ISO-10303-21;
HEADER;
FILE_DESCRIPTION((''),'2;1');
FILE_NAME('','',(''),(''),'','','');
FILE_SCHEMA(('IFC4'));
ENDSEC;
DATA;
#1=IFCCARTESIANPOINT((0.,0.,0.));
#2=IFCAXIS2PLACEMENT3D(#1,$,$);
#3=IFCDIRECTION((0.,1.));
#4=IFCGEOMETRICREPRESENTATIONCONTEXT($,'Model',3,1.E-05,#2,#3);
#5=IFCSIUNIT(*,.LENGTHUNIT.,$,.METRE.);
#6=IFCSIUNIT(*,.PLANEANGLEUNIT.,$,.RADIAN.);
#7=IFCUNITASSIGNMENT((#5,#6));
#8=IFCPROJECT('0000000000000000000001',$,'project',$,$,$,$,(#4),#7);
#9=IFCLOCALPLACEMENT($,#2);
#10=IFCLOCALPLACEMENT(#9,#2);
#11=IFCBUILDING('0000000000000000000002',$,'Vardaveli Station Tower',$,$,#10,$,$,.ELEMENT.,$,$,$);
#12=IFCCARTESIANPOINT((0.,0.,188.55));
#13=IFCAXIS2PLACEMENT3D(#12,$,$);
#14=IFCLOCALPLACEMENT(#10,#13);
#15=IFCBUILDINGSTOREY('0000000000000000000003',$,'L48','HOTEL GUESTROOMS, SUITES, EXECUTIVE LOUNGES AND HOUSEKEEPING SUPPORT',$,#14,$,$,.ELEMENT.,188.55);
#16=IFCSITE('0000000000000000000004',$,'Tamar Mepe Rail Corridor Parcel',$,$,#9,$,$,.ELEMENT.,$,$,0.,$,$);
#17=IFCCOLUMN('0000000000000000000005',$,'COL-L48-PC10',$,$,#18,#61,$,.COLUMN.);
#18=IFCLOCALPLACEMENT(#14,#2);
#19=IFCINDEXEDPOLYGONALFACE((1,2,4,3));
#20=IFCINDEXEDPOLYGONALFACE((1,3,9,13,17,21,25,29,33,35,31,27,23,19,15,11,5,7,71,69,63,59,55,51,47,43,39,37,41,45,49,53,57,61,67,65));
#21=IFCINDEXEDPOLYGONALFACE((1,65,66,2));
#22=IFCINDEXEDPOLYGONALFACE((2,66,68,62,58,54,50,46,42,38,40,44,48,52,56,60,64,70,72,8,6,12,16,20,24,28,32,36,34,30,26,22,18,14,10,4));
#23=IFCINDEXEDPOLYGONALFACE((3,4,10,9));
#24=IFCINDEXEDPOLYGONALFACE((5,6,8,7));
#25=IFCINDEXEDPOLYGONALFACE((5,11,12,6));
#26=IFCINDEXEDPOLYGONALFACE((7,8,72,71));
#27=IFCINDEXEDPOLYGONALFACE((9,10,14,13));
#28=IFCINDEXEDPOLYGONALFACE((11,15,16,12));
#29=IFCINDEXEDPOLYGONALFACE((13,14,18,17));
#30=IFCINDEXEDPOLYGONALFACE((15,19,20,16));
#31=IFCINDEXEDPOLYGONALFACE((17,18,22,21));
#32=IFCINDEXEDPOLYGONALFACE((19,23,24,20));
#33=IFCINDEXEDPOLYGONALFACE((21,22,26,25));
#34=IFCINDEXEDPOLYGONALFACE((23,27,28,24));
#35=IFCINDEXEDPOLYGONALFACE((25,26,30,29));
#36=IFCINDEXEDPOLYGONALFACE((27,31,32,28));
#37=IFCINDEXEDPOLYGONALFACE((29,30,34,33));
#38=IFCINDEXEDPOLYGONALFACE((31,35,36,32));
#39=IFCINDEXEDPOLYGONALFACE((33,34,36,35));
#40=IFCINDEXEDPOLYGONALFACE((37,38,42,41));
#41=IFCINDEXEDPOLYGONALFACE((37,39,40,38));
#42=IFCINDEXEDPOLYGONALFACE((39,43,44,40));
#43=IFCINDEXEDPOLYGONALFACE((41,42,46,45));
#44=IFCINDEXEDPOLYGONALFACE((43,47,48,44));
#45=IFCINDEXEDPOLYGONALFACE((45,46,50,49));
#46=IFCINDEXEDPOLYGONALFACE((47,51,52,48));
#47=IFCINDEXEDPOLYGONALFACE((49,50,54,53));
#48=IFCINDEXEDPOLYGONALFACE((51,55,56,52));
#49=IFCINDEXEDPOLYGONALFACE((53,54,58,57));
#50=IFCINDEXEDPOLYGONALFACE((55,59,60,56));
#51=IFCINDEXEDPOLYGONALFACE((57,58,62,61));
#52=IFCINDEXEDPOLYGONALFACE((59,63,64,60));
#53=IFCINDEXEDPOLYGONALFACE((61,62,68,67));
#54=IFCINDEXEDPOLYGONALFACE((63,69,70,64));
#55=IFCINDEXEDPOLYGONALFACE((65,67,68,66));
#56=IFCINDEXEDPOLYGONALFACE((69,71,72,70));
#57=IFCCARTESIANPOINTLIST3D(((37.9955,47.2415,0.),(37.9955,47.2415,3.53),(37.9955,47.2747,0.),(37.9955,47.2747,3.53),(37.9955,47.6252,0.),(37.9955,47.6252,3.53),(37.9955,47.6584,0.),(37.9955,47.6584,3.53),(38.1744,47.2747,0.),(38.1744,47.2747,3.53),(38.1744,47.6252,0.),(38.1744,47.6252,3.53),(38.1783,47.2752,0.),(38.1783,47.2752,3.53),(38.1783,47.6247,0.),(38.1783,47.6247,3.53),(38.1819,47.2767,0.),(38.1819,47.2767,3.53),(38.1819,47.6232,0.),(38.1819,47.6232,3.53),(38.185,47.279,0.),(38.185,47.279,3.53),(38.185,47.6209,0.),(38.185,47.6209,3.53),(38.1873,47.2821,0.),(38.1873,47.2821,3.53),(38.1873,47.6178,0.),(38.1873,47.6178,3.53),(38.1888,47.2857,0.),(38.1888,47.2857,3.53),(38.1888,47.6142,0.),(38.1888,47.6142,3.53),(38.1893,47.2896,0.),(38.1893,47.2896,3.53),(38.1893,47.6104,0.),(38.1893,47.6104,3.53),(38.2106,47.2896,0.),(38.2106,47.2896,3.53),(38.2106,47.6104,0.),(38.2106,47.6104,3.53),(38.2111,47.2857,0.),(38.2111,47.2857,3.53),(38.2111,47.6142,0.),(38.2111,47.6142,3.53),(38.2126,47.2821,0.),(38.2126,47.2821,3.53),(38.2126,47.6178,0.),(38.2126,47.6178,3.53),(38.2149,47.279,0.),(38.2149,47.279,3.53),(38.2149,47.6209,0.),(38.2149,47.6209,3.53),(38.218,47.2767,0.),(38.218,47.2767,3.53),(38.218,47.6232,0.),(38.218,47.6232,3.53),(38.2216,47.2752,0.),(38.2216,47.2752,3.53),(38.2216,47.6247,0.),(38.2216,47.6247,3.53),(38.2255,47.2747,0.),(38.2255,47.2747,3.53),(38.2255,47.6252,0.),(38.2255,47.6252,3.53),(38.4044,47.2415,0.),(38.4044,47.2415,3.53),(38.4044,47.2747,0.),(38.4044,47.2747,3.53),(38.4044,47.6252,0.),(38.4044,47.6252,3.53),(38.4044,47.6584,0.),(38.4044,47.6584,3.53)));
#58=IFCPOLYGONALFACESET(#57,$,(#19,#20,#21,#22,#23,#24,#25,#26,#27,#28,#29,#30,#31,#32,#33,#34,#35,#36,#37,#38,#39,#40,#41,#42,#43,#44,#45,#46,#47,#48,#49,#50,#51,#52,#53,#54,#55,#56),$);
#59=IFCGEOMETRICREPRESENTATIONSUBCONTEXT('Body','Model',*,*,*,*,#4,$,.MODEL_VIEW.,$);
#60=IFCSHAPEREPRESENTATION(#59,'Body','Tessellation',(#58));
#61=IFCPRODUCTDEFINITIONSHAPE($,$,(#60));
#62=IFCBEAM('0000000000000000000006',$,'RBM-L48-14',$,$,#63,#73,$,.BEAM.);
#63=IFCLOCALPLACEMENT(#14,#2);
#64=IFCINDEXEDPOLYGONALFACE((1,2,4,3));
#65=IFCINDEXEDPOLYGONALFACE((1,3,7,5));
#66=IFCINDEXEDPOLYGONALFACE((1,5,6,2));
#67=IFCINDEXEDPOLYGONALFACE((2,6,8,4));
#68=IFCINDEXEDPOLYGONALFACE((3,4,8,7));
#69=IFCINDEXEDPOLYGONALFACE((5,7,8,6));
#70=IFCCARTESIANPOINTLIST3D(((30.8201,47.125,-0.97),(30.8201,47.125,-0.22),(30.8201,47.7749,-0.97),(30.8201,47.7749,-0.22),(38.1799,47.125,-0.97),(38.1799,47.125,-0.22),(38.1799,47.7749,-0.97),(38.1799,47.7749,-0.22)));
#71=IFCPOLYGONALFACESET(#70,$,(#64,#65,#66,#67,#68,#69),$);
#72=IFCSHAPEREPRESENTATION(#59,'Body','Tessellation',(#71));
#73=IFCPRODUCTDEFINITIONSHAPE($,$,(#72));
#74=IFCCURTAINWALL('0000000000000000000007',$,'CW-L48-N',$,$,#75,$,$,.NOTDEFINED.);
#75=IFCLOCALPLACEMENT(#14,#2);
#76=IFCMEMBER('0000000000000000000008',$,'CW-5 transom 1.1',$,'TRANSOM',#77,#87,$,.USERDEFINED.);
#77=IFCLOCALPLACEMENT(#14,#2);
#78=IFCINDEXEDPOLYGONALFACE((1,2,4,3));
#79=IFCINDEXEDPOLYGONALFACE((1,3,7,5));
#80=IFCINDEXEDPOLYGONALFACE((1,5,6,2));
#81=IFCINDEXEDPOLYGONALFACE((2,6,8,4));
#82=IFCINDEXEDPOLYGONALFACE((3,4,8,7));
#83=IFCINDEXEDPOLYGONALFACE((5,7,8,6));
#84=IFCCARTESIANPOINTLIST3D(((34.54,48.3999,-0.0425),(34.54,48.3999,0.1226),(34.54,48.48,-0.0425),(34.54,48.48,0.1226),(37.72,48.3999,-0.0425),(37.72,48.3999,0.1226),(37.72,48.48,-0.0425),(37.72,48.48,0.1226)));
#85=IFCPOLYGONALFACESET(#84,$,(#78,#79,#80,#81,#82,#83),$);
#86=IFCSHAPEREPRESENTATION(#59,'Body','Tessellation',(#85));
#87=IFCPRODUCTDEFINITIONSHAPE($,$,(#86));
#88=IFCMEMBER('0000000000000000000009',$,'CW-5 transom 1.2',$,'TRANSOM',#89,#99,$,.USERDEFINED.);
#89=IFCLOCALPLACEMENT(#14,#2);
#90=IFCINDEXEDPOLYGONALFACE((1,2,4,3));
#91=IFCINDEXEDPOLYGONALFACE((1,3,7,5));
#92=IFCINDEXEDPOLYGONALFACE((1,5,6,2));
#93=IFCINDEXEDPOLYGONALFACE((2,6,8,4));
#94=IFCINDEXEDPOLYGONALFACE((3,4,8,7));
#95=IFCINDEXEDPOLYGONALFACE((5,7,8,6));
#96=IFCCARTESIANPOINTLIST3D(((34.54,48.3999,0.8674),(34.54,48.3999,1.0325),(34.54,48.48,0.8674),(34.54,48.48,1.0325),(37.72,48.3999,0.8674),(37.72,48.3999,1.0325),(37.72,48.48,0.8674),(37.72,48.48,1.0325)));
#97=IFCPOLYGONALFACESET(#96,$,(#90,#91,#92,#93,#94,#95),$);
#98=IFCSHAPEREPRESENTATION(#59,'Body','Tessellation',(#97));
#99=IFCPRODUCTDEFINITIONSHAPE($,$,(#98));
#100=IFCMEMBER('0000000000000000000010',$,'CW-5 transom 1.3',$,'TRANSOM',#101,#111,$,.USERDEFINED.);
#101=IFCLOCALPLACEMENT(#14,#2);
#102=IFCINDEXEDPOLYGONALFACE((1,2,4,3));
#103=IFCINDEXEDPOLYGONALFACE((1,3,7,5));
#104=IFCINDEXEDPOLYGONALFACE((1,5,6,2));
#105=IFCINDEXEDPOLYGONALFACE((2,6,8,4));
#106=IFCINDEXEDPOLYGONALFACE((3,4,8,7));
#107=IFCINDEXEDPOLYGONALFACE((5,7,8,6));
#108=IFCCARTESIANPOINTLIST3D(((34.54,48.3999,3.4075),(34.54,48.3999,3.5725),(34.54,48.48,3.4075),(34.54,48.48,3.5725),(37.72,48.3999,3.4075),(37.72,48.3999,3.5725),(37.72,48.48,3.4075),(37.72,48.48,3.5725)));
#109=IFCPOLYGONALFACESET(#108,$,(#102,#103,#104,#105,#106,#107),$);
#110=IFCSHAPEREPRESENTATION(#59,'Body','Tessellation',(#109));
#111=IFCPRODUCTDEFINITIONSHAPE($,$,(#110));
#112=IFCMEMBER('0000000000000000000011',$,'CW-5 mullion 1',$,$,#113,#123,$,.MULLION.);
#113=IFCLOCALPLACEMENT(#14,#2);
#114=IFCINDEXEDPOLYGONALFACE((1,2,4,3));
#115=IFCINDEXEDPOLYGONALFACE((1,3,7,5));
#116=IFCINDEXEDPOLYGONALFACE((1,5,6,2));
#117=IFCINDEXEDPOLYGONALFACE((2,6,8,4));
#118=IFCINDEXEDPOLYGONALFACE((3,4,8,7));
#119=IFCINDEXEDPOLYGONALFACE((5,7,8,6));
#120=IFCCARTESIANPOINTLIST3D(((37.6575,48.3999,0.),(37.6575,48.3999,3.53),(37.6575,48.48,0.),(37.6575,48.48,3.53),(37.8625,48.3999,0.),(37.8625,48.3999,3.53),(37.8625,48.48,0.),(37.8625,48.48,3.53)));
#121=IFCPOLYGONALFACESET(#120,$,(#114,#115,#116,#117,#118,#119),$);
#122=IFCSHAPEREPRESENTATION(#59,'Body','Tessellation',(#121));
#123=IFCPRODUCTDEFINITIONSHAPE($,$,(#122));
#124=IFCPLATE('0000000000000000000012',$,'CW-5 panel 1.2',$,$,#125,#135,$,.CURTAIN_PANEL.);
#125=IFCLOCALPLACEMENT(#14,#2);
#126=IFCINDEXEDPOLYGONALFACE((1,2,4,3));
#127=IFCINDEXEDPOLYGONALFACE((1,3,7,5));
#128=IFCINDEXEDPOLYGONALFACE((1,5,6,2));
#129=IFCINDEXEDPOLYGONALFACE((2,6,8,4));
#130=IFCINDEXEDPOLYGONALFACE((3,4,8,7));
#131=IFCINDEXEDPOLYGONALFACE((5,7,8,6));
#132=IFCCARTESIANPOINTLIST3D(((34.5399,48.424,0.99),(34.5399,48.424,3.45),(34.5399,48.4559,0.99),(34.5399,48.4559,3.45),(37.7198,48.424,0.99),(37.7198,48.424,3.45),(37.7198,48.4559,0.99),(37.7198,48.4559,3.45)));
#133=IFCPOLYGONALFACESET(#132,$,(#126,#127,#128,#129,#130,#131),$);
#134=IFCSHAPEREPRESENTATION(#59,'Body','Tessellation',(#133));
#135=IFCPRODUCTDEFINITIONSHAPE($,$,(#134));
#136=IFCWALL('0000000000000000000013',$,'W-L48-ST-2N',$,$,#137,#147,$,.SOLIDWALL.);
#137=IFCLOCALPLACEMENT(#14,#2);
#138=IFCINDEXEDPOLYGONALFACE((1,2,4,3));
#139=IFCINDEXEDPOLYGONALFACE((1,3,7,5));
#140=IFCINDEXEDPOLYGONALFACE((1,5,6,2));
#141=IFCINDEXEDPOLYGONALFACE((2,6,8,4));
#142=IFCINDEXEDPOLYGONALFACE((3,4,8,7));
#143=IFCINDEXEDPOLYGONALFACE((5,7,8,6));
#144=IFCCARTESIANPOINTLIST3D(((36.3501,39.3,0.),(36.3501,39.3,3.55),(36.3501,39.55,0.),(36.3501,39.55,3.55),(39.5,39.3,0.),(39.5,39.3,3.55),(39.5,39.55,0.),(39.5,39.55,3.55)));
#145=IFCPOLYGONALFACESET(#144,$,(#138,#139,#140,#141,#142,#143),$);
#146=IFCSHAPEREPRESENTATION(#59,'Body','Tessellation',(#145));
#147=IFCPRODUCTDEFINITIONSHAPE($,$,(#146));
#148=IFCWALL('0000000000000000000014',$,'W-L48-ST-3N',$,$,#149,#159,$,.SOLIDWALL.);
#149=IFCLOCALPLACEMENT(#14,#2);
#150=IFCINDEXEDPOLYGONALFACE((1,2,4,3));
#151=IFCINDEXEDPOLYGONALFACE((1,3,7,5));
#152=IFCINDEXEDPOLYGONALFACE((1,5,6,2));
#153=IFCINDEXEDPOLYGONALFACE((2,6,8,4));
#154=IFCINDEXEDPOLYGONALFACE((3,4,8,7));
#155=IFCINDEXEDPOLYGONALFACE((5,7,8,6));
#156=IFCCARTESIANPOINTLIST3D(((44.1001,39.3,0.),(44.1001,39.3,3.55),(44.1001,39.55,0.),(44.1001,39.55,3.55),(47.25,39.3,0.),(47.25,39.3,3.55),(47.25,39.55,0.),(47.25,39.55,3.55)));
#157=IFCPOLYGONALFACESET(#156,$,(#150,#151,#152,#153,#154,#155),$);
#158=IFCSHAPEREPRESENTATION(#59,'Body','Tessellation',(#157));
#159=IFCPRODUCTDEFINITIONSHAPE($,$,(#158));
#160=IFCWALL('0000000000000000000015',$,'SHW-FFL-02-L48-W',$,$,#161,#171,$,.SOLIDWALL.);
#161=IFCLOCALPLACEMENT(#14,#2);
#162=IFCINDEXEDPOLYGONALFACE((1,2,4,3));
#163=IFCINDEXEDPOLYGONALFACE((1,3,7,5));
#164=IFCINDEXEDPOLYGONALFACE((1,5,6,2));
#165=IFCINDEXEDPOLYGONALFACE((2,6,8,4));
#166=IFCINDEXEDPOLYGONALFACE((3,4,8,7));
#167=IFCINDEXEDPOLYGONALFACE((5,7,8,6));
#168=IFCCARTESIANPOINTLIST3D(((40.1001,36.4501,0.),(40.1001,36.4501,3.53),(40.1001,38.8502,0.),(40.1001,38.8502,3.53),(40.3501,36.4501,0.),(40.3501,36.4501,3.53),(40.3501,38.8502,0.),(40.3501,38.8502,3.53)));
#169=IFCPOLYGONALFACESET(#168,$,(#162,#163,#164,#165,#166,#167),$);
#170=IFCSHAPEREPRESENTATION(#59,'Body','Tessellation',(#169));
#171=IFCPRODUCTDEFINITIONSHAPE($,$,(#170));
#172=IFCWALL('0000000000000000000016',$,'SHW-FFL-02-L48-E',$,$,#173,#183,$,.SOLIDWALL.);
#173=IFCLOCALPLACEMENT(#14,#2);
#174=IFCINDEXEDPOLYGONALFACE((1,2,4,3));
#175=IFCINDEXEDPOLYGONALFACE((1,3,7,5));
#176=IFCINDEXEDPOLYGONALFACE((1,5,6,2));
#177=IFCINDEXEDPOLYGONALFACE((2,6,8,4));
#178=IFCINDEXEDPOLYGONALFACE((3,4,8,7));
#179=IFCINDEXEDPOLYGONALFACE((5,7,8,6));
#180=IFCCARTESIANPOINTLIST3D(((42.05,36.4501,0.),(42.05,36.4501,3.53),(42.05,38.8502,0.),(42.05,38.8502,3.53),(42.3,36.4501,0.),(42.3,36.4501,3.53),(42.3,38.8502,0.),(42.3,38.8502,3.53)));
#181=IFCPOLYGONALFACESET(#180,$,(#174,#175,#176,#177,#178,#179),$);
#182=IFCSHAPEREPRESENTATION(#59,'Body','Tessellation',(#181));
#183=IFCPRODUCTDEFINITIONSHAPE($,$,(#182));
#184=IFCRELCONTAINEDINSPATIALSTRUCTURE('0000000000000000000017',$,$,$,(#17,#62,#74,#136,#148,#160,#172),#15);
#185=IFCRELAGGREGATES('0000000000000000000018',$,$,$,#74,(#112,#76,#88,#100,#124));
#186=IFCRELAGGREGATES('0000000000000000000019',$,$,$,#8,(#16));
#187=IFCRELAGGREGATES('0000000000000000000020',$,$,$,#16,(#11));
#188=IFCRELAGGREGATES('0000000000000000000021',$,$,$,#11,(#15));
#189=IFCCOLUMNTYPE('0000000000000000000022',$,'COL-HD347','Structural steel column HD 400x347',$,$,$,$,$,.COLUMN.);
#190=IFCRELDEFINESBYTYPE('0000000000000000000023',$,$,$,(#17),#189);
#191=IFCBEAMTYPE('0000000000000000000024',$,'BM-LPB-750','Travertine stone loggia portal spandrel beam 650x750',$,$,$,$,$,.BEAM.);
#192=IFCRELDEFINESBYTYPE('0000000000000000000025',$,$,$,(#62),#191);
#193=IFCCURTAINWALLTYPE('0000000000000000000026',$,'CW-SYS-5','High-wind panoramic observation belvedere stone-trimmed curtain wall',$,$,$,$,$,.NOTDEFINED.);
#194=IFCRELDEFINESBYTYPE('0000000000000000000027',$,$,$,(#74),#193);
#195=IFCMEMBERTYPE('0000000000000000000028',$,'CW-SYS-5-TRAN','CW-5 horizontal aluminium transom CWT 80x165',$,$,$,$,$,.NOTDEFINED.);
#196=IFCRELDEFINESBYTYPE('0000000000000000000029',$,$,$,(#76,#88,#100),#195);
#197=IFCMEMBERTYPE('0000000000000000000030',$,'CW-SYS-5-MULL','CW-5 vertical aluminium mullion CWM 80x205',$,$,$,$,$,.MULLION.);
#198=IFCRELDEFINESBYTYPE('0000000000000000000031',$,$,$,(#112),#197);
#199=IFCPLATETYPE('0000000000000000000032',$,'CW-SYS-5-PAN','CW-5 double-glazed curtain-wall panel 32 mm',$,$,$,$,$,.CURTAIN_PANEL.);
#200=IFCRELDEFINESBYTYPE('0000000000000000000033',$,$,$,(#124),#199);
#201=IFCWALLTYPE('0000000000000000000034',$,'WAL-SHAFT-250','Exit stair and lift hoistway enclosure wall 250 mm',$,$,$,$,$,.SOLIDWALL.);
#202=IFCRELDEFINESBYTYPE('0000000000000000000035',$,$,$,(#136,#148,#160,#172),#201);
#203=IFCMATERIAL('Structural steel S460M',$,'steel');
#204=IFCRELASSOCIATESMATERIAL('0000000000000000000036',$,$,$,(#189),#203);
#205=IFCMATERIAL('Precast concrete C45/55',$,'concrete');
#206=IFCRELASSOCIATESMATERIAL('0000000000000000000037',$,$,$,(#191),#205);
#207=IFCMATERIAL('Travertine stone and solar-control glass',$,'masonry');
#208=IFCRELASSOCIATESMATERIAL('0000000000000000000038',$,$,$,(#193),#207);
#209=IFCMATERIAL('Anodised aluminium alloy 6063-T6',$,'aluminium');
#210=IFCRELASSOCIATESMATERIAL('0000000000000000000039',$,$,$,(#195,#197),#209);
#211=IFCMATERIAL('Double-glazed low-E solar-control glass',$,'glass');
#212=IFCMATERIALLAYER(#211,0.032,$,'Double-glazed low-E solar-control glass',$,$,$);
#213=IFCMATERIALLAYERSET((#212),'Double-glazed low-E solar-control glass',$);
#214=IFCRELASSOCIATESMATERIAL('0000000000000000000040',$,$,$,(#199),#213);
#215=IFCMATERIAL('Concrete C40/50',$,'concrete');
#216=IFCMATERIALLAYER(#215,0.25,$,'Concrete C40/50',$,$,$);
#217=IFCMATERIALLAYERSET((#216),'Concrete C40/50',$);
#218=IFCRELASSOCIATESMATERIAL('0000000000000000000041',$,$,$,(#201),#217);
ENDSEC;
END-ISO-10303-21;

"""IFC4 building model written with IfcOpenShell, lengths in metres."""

from ifc_helpers import new_model, si_unit, direction, frame, frame_2d, origin, origin_2d, place, context, subcontext, project, spatial, rectangle, i_section, extrude, source, transform, mapped, material, layer, layer_set, material_profile, profile_set, type_object, element, aggregate, save


model = new_model("IFC4")

# Units and contexts
model_context = context("Model", 3, precision=1e-05, world=origin(), true_north=direction((0.0, 1.0)))
body_context = subcontext(model_context, "Body", "Model", "MODEL_VIEW")
ifc_project = project(units=[si_unit("LENGTHUNIT", "METRE"), si_unit("PLANEANGLEUNIT", "RADIAN")], contexts=[model_context])

# Site, building, storey
site_placement = place(None, origin())
site = spatial("IfcSite", under=ifc_project, at=site_placement, Name="Tamar Mepe Rail Corridor Parcel", CompositionType="ELEMENT", RefElevation=0.0)
building_placement = place(site_placement, origin())
building = spatial("IfcBuilding", under=site, at=building_placement, Name="Vardaveli Station Tower", CompositionType="ELEMENT")
storey_placement = place(building_placement, frame((0.0, 0.0, 188.55)))
storey = spatial("IfcBuildingStorey", under=building, at=storey_placement, Name="L48", Description="HOTEL GUESTROOMS, SUITES, EXECUTIVE LOUNGES AND HOUSEKEEPING SUPPORT", CompositionType="ELEMENT", Elevation=188.55)

# Column
ifc_material_1 = material(Name="Structural steel S460M", Category="steel")
ifc_material_profile_1 = material_profile(ifc_material_1, i_section(OverallWidth=0.4089, OverallDepth=0.417, WebThickness=0.0212, FlangeThickness=0.0332, FilletRadius=0.0149, at=origin_2d()), Name="HD 400x347")
ifc_profile_set_1 = profile_set([ifc_material_profile_1], Name="Structural steel S460M")
column_type = type_object("IfcColumnType", Name="COL-HD347", Description="Structural steel column HD 400x347", PredefinedType="COLUMN", material=ifc_profile_set_1)
shared_shape_1 = source(origin(), body_context, "Body", "SweptSolid", [
    extrude(i_section(OverallWidth=0.4089, OverallDepth=0.417, WebThickness=0.0212, FlangeThickness=0.0332, FilletRadius=0.0149, at=origin_2d()), origin(), (0.0, 0.0, 1.0), 3.53),
])
column_placement = place(storey_placement, frame((38.2, 47.45, 0.0), z_axis=(0.0, 0.0, 1.0), x_axis=(1.0, 0.0, 0.0)))
element("IfcColumn", 1, at=column_placement, inside=storey, type_object=column_type, Name="COL-L48-PC10", PredefinedType="COLUMN", context=body_context, shape_type="MappedRepresentation", body=[
    mapped(shared_shape_1, transform((0.0, 0.0, 0.0), scale=1.0)),
])

# Beam
ifc_material_2 = material(Name="Precast concrete C45/55", Category="concrete")
ifc_material_profile_2 = material_profile(ifc_material_2, rectangle(XDim=0.6499, YDim=0.75, at=origin_2d()), Name="LPB 650x750")
ifc_profile_set_2 = profile_set([ifc_material_profile_2], Name="Precast concrete C45/55")
beam_type = type_object("IfcBeamType", Name="BM-LPB-750", Description="Travertine stone loggia portal spandrel beam 650x750", PredefinedType="BEAM", material=ifc_profile_set_2)
shared_shape_2 = source(origin(), body_context, "Body", "SweptSolid", [
    extrude(rectangle(XDim=0.6499, YDim=0.75, at=origin_2d()), origin(), (0.0, 0.0, 1.0), 7.3599),
])
beam_placement = place(storey_placement, frame((38.1799, 47.45, -0.595), z_axis=(-1.0, 0.0, 0.0), x_axis=(0.0, -1.0, 0.0)))
element("IfcBeam", 2, at=beam_placement, inside=storey, type_object=beam_type, Name="RBM-L48-14", PredefinedType="BEAM", context=body_context, shape_type="MappedRepresentation", body=[
    mapped(shared_shape_2, transform((0.0, 0.0, 0.0), scale=1.0)),
])

# Curtain wall, members, plate
ifc_material_3 = material(Name="Travertine stone and solar-control glass", Category="masonry")
curtain_wall_type = type_object("IfcCurtainWallType", Name="CW-SYS-5", Description="High-wind panoramic observation belvedere stone-trimmed curtain wall", PredefinedType="NOTDEFINED", material=ifc_material_3)
curtain_wall_placement = place(storey_placement, origin())
curtain_wall = element("IfcCurtainWall", 3, at=curtain_wall_placement, inside=storey, type_object=curtain_wall_type, Name="CW-L48-N", PredefinedType="NOTDEFINED")
ifc_material_4 = material(Name="Anodised aluminium alloy 6063-T6", Category="aluminium")
ifc_material_profile_3 = material_profile(ifc_material_4, rectangle(XDim=0.0801, YDim=0.165, at=origin_2d()), Name="CWT 80x165")
ifc_profile_set_3 = profile_set([ifc_material_profile_3], Name="Anodised aluminium alloy 6063-T6")
member_type_1 = type_object("IfcMemberType", Name="CW-SYS-5-TRAN", Description="CW-5 horizontal aluminium transom CWT 80x165", PredefinedType="NOTDEFINED", material=ifc_profile_set_3)
shared_shape_3 = source(origin(), body_context, "Body", "SweptSolid", [
    extrude(rectangle(XDim=0.0801, YDim=0.165, at=origin_2d()), origin(), (0.0, 0.0, 1.0), 3.1799),
])
member_1_placement = place(storey_placement, frame((37.72, 48.4399, 0.04), z_axis=(-1.0, 0.0, 0.0), x_axis=(0.0, -1.0, 0.0)))
member_1 = element("IfcMember", 4, at=member_1_placement, type_object=member_type_1, Name="CW-5 transom 1.1", ObjectType="TRANSOM", PredefinedType="USERDEFINED", context=body_context, shape_type="MappedRepresentation", body=[
    mapped(shared_shape_3, transform((0.0, 0.0, 0.0), scale=1.0)),
])
member_2_placement = place(storey_placement, frame((37.72, 48.4399, 0.95), z_axis=(-1.0, 0.0, 0.0), x_axis=(0.0, -1.0, 0.0)))
member_2 = element("IfcMember", 5, at=member_2_placement, type_object=member_type_1, Name="CW-5 transom 1.2", ObjectType="TRANSOM", PredefinedType="USERDEFINED", context=body_context, shape_type="MappedRepresentation", body=[
    mapped(shared_shape_3, transform((0.0, 0.0, 0.0), scale=1.0)),
])
member_3_placement = place(storey_placement, frame((37.72, 48.4399, 3.49), z_axis=(-1.0, 0.0, 0.0), x_axis=(0.0, -1.0, 0.0)))
member_3 = element("IfcMember", 6, at=member_3_placement, type_object=member_type_1, Name="CW-5 transom 1.3", ObjectType="TRANSOM", PredefinedType="USERDEFINED", context=body_context, shape_type="MappedRepresentation", body=[
    mapped(shared_shape_3, transform((0.0, 0.0, 0.0), scale=1.0)),
])
ifc_material_profile_4 = material_profile(ifc_material_4, rectangle(XDim=0.0801, YDim=0.2051, at=origin_2d()), Name="CWM 80x205")
ifc_profile_set_4 = profile_set([ifc_material_profile_4], Name="Anodised aluminium alloy 6063-T6")
member_type_2 = type_object("IfcMemberType", Name="CW-SYS-5-MULL", Description="CW-5 vertical aluminium mullion CWM 80x205", PredefinedType="MULLION", material=ifc_profile_set_4)
shared_shape_4 = source(origin(), body_context, "Body", "SweptSolid", [
    extrude(rectangle(XDim=0.0801, YDim=0.2051, at=origin_2d()), origin(), (0.0, 0.0, 1.0), 3.53),
])
member_4_placement = place(storey_placement, frame((37.76, 48.4399, 0.0), z_axis=(0.0, 0.0, 1.0), x_axis=(0.0, -1.0, 0.0)))
member_4 = element("IfcMember", 7, at=member_4_placement, type_object=member_type_2, Name="CW-5 mullion 1", PredefinedType="MULLION", context=body_context, shape_type="MappedRepresentation", body=[
    mapped(shared_shape_4, transform((0.0, 0.0, 0.0), scale=1.0)),
])
ifc_material_5 = material(Name="Double-glazed low-E solar-control glass", Category="glass")
ifc_layer_1 = layer(ifc_material_5, 0.032, Name="Double-glazed low-E solar-control glass")
ifc_layer_set_1 = layer_set([ifc_layer_1], Name="Double-glazed low-E solar-control glass")
plate_type = type_object("IfcPlateType", Name="CW-SYS-5-PAN", Description="CW-5 double-glazed curtain-wall panel 32 mm", PredefinedType="CURTAIN_PANEL", material=ifc_layer_set_1)
shared_shape_5 = source(origin(), body_context, "Body", "SweptSolid", [
    extrude(rectangle(XDim=3.1799, YDim=0.032, at=origin_2d()), origin(), (0.0, 0.0, 1.0), 2.46),
])
plate_placement = place(storey_placement, frame((36.1299, 48.4399, 0.99), z_axis=(0.0, 0.0, 1.0), x_axis=(-1.0, 0.0, 0.0)))
plate = element("IfcPlate", 8, at=plate_placement, type_object=plate_type, Name="CW-5 panel 1.2", PredefinedType="CURTAIN_PANEL", context=body_context, shape_type="MappedRepresentation", body=[
    mapped(shared_shape_5, transform((0.0, 0.0, 0.0), scale=1.0)),
])
aggregate(curtain_wall, [member_4, member_1, member_2, member_3, plate])

# Walls
ifc_material_6 = material(Name="Concrete C40/50", Category="concrete")
ifc_layer_2 = layer(ifc_material_6, 0.25, Name="Concrete C40/50")
ifc_layer_set_2 = layer_set([ifc_layer_2], Name="Concrete C40/50")
wall_type = type_object("IfcWallType", Name="WAL-SHAFT-250", Description="Exit stair and lift hoistway enclosure wall 250 mm", PredefinedType="SOLIDWALL", material=ifc_layer_set_2)
shared_shape_6 = source(origin(), body_context, "Body", "SweptSolid", [
    extrude(rectangle(XDim=3.1499, YDim=0.25, at=frame_2d((1.575, 0.0))), origin(), (0.0, 0.0, 1.0), 3.55),
])
for number, where, z_axis, x_axis, name in (
    (9, (36.3501, 39.425, 0.0), (0.0, 0.0, 1.0), (1.0, 0.0, 0.0), "W-L48-ST-2N"),
    (10, (44.1001, 39.425, 0.0), (0.0, 0.0, 1.0), (1.0, 0.0, 0.0), "W-L48-ST-3N"),
):
    element("IfcWall", number, at=place(storey_placement, frame(where, z_axis=z_axis, x_axis=x_axis)), inside=storey, type_object=wall_type, Name=name, PredefinedType="SOLIDWALL", context=body_context, shape_type="MappedRepresentation", body=[
        mapped(shared_shape_6, transform((0.0, 0.0, 0.0), scale=1.0)),
    ])
shared_shape_7 = source(origin(), body_context, "Body", "SweptSolid", [
    extrude(rectangle(XDim=2.4001, YDim=0.25, at=frame_2d((1.2002, 0.0))), origin(), (0.0, 0.0, 1.0), 3.53),
])
for number, where, z_axis, x_axis, name in (
    (11, (40.2251, 36.45, 0.0), (0.0, 0.0, 1.0), (0.0, 1.0, 0.0), "SHW-FFL-02-L48-W"),
    (12, (42.175, 36.45, 0.0), (0.0, 0.0, 1.0), (0.0, 1.0, 0.0), "SHW-FFL-02-L48-E"),
):
    element("IfcWall", number, at=place(storey_placement, frame(where, z_axis=z_axis, x_axis=x_axis)), inside=storey, type_object=wall_type, Name=name, PredefinedType="SOLIDWALL", context=body_context, shape_type="MappedRepresentation", body=[
        mapped(shared_shape_7, transform((0.0, 0.0, 0.0), scale=1.0)),
    ])

save(model, "model.ifc")
